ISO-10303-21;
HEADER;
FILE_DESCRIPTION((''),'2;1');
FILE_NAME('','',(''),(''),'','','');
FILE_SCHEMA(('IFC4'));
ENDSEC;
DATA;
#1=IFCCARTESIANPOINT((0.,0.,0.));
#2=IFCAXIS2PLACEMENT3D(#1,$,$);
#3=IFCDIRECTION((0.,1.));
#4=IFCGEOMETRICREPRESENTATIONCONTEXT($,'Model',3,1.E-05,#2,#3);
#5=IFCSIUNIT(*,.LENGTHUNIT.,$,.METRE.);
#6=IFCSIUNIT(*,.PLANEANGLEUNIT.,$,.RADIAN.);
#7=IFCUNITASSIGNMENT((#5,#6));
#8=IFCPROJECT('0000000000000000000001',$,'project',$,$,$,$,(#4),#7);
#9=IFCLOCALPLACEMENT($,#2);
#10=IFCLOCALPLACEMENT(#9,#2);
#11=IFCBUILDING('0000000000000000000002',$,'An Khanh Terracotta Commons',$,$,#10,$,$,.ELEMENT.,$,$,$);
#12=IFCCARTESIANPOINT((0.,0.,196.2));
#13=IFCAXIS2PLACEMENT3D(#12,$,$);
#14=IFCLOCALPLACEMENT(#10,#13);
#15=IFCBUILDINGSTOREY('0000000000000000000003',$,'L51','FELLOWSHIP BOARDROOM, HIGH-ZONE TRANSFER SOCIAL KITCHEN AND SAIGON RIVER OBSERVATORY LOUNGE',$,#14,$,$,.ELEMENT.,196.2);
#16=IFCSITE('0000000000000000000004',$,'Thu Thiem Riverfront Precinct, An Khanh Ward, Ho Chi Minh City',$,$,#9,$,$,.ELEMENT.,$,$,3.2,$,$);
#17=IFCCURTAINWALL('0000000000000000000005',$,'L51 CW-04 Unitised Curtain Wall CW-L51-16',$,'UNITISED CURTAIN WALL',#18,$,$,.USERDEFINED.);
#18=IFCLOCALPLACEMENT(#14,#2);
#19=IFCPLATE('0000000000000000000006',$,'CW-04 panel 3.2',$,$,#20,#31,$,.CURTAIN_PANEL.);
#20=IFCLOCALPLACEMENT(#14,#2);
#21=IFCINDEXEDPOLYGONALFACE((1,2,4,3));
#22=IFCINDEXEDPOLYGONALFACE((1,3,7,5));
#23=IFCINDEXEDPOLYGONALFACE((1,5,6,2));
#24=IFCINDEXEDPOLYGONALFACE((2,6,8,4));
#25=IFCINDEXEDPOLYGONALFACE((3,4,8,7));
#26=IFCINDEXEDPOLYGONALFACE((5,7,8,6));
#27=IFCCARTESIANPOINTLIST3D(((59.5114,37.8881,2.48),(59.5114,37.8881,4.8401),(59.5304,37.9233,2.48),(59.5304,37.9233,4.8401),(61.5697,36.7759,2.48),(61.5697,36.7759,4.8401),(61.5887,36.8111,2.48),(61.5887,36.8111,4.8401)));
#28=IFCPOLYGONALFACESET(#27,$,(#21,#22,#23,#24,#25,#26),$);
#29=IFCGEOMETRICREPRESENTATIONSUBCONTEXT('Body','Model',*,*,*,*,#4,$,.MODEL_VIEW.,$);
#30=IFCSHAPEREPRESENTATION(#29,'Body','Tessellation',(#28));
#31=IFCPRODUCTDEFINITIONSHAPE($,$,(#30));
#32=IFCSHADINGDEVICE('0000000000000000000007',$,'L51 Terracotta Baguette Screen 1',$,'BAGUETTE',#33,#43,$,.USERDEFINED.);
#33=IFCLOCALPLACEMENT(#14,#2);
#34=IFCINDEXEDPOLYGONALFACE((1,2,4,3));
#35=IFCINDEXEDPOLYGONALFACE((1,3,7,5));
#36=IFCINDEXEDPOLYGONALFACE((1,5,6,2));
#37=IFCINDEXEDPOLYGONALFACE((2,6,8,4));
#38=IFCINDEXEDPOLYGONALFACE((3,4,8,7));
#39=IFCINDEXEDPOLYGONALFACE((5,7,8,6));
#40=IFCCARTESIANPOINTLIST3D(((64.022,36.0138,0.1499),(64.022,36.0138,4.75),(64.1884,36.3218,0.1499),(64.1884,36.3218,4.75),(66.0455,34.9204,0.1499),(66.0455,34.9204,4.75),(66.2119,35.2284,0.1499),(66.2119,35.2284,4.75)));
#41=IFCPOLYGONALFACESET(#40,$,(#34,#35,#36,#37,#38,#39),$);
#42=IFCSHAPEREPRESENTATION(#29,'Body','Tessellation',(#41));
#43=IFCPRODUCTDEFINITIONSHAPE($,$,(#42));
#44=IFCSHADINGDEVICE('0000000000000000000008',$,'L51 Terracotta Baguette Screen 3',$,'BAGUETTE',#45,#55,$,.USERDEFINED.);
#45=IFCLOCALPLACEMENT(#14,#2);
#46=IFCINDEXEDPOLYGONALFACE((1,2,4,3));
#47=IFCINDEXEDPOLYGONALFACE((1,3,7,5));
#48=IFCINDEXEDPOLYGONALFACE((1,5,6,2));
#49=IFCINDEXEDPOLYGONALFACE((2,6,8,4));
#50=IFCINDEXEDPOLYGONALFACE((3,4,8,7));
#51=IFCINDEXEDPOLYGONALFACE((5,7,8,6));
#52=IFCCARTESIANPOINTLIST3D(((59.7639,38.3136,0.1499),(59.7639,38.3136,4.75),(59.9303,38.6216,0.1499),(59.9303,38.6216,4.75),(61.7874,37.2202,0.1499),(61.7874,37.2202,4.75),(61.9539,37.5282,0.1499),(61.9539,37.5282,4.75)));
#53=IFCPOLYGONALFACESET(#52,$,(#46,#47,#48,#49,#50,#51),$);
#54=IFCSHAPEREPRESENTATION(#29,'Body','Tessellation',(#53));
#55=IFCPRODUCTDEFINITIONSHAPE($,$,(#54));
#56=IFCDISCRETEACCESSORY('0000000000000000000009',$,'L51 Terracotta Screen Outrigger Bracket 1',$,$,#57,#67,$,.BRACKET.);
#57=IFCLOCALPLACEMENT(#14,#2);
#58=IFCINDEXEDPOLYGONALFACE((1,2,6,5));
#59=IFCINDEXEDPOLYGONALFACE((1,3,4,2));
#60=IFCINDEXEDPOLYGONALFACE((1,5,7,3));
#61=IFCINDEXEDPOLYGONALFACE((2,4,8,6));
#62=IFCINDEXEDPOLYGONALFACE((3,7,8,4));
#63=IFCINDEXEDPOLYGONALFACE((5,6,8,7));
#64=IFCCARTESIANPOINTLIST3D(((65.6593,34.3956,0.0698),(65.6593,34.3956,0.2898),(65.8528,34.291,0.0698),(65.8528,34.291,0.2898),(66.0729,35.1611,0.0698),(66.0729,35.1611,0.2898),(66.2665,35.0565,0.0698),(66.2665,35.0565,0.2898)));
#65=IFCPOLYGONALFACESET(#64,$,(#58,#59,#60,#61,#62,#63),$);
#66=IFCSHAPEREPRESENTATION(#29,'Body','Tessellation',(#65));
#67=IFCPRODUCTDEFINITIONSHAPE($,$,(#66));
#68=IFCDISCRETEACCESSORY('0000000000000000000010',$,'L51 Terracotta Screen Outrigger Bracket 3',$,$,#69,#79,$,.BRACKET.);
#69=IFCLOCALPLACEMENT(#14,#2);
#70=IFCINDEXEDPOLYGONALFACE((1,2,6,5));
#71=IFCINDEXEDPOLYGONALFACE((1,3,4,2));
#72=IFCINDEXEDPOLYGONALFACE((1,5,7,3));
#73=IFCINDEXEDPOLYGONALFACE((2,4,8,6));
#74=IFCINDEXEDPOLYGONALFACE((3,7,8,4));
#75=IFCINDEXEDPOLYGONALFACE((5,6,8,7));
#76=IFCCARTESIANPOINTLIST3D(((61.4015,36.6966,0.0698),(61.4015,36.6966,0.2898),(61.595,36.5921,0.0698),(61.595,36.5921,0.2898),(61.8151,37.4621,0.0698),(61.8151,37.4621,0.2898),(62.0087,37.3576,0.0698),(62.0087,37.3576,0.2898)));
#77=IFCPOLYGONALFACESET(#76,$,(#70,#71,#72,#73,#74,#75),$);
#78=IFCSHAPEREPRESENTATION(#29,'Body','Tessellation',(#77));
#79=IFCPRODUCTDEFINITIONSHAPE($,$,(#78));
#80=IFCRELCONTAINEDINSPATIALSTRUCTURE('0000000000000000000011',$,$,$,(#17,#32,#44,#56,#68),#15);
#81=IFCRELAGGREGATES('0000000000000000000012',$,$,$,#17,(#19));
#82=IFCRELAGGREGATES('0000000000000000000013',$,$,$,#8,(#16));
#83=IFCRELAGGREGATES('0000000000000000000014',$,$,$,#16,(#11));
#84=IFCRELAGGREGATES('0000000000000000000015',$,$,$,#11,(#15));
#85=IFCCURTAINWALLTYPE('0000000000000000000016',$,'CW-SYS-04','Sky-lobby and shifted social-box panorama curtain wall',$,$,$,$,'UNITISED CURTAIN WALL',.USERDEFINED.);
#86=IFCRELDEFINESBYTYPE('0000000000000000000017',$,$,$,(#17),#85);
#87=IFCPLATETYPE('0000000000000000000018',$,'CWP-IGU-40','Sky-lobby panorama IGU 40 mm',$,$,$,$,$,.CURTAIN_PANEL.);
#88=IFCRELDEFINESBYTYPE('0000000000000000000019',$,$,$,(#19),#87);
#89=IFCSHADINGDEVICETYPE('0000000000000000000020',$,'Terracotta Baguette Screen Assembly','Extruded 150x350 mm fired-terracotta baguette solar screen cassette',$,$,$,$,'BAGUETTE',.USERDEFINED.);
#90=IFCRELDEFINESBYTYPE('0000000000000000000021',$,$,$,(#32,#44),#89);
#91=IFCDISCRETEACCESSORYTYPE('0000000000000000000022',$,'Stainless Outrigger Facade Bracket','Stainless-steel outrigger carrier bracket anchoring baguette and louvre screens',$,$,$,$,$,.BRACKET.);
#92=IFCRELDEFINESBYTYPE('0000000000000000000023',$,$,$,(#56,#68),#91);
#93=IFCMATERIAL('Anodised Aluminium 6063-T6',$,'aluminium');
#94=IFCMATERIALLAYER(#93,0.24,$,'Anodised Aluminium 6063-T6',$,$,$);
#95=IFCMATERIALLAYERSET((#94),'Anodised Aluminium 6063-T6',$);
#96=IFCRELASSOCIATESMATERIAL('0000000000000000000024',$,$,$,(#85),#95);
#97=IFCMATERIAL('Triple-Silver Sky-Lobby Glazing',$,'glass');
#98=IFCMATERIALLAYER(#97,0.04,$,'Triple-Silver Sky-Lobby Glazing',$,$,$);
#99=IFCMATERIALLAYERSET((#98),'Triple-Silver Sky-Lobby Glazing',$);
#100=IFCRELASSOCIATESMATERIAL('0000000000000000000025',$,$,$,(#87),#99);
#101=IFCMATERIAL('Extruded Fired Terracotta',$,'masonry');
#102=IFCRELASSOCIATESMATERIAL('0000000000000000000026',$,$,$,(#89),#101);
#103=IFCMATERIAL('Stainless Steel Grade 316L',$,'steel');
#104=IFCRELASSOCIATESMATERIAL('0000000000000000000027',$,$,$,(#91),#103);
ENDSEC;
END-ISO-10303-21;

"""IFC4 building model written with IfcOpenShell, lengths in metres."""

from ifc_helpers import new_model, si_unit, direction, frame, origin, origin_2d, place, context, subcontext, project, spatial, rectangle, extrude, material, layer, layer_set, type_object, element, aggregate, save


model = new_model("IFC4")

# Units and contexts
model_context = context("Model", 3, precision=1e-05, world=origin(), true_north=direction((0.0, 1.0)))
body_context = subcontext(model_context, "Body", "Model", "MODEL_VIEW")
ifc_project = project(units=[si_unit("LENGTHUNIT", "METRE"), si_unit("PLANEANGLEUNIT", "RADIAN")], contexts=[model_context])

# Site, building, storey
site_placement = place(None, origin())
site = spatial("IfcSite", under=ifc_project, at=site_placement, Name="Thu Thiem Riverfront Precinct, An Khanh Ward, Ho Chi Minh City", CompositionType="ELEMENT", RefElevation=3.2)
building_placement = place(site_placement, origin())
building = spatial("IfcBuilding", under=site, at=building_placement, Name="An Khanh Terracotta Commons", CompositionType="ELEMENT")
storey_placement = place(building_placement, frame((0.0, 0.0, 196.2)))
storey = spatial("IfcBuildingStorey", under=building, at=storey_placement, Name="L51", Description="FELLOWSHIP BOARDROOM, HIGH-ZONE TRANSFER SOCIAL KITCHEN AND SAIGON RIVER OBSERVATORY LOUNGE", CompositionType="ELEMENT", Elevation=196.2)

# Curtain wall, plate
ifc_material_1 = material(Name="Anodised Aluminium 6063-T6", Category="aluminium")
ifc_layer_1 = layer(ifc_material_1, 0.24, Name="Anodised Aluminium 6063-T6")
ifc_layer_set_1 = layer_set([ifc_layer_1], Name="Anodised Aluminium 6063-T6")
curtain_wall_type = type_object("IfcCurtainWallType", Name="CW-SYS-04", Description="Sky-lobby and shifted social-box panorama curtain wall", ElementType="UNITISED CURTAIN WALL", PredefinedType="USERDEFINED", material=ifc_layer_set_1)
curtain_wall_placement = place(storey_placement, origin())
curtain_wall = element("IfcCurtainWall", 1, at=curtain_wall_placement, inside=storey, type_object=curtain_wall_type, Name="L51 CW-04 Unitised Curtain Wall CW-L51-16", ObjectType="UNITISED CURTAIN WALL", PredefinedType="USERDEFINED")
ifc_material_2 = material(Name="Triple-Silver Sky-Lobby Glazing", Category="glass")
ifc_layer_2 = layer(ifc_material_2, 0.04, Name="Triple-Silver Sky-Lobby Glazing")
ifc_layer_set_2 = layer_set([ifc_layer_2], Name="Triple-Silver Sky-Lobby Glazing")
plate_type = type_object("IfcPlateType", Name="CWP-IGU-40", Description="Sky-lobby panorama IGU 40 mm", PredefinedType="CURTAIN_PANEL", material=ifc_layer_set_2)
plate_1_placement = place(storey_placement, frame((60.55, 37.3496, 2.48), z_axis=(0.0, 0.0, 1.0), x_axis=(-0.87978, 0.475381, 0.0)))
plate_1 = element("IfcPlate", 2, at=plate_1_placement, type_object=plate_type, Name="CW-04 panel 3.2", PredefinedType="CURTAIN_PANEL", context=body_context, shape_type="SweptSolid", body=[
    extrude(rectangle(XDim=2.3396, YDim=0.04, at=origin_2d()), origin(), (0.0, 0.0, 1.0), 2.3601),
])
aggregate(curtain_wall, [plate_1])

# Shading devices
ifc_material_3 = material(Name="Extruded Fired Terracotta", Category="masonry")
shading_device_type = type_object("IfcShadingDeviceType", Name="Terracotta Baguette Screen Assembly", Description="Extruded 150x350 mm fired-terracotta baguette solar screen cassette", ElementType="BAGUETTE", PredefinedType="USERDEFINED", material=ifc_material_3)
for number, where, z_axis, x_axis, name in (
    (3, (65.1169, 35.6211, 0.1499), (0.0, 0.0, 1.0), (-0.87978, 0.475381, 0.0), "L51 Terracotta Baguette Screen 1"),
    (4, (60.8589, 37.9209, 0.1499), (0.0, 0.0, 1.0), (-0.87978, 0.475381, 0.0), "L51 Terracotta Baguette Screen 3"),
):
    element("IfcShadingDevice", number, at=place(storey_placement, frame(where, z_axis=z_axis, x_axis=x_axis)), inside=storey, type_object=shading_device_type, Name=name, ObjectType="BAGUETTE", PredefinedType="USERDEFINED", context=body_context, shape_type="SweptSolid", body=[
        extrude(rectangle(XDim=2.3, YDim=0.3501, at=origin_2d()), origin(), (0.0, 0.0, 1.0), 4.6001),
    ])

# Discrete accessories
ifc_material_4 = material(Name="Stainless Steel Grade 316L", Category="steel")
discrete_accessory_type = type_object("IfcDiscreteAccessoryType", Name="Stainless Outrigger Facade Bracket", Description="Stainless-steel outrigger carrier bracket anchoring baguette and louvre screens", PredefinedType="BRACKET", material=ifc_material_4)
for number, where, z_axis, x_axis, name in (
    (5, (65.9629, 34.7261, 0.0698), (0.0, 0.0, 1.0), (-0.87978, 0.475381, 0.0), "L51 Terracotta Screen Outrigger Bracket 1"),
    (6, (61.7051, 37.0271, 0.0698), (0.0, 0.0, 1.0), (-0.87978, 0.475381, 0.0), "L51 Terracotta Screen Outrigger Bracket 3"),
):
    element("IfcDiscreteAccessory", number, at=place(storey_placement, frame(where, z_axis=z_axis, x_axis=x_axis)), inside=storey, type_object=discrete_accessory_type, Name=name, PredefinedType="BRACKET", context=body_context, shape_type="SweptSolid", body=[
        extrude(rectangle(XDim=0.22, YDim=0.8701, at=origin_2d()), origin(), (0.0, 0.0, 1.0), 0.22),
    ])

save(model, "model.ifc")
